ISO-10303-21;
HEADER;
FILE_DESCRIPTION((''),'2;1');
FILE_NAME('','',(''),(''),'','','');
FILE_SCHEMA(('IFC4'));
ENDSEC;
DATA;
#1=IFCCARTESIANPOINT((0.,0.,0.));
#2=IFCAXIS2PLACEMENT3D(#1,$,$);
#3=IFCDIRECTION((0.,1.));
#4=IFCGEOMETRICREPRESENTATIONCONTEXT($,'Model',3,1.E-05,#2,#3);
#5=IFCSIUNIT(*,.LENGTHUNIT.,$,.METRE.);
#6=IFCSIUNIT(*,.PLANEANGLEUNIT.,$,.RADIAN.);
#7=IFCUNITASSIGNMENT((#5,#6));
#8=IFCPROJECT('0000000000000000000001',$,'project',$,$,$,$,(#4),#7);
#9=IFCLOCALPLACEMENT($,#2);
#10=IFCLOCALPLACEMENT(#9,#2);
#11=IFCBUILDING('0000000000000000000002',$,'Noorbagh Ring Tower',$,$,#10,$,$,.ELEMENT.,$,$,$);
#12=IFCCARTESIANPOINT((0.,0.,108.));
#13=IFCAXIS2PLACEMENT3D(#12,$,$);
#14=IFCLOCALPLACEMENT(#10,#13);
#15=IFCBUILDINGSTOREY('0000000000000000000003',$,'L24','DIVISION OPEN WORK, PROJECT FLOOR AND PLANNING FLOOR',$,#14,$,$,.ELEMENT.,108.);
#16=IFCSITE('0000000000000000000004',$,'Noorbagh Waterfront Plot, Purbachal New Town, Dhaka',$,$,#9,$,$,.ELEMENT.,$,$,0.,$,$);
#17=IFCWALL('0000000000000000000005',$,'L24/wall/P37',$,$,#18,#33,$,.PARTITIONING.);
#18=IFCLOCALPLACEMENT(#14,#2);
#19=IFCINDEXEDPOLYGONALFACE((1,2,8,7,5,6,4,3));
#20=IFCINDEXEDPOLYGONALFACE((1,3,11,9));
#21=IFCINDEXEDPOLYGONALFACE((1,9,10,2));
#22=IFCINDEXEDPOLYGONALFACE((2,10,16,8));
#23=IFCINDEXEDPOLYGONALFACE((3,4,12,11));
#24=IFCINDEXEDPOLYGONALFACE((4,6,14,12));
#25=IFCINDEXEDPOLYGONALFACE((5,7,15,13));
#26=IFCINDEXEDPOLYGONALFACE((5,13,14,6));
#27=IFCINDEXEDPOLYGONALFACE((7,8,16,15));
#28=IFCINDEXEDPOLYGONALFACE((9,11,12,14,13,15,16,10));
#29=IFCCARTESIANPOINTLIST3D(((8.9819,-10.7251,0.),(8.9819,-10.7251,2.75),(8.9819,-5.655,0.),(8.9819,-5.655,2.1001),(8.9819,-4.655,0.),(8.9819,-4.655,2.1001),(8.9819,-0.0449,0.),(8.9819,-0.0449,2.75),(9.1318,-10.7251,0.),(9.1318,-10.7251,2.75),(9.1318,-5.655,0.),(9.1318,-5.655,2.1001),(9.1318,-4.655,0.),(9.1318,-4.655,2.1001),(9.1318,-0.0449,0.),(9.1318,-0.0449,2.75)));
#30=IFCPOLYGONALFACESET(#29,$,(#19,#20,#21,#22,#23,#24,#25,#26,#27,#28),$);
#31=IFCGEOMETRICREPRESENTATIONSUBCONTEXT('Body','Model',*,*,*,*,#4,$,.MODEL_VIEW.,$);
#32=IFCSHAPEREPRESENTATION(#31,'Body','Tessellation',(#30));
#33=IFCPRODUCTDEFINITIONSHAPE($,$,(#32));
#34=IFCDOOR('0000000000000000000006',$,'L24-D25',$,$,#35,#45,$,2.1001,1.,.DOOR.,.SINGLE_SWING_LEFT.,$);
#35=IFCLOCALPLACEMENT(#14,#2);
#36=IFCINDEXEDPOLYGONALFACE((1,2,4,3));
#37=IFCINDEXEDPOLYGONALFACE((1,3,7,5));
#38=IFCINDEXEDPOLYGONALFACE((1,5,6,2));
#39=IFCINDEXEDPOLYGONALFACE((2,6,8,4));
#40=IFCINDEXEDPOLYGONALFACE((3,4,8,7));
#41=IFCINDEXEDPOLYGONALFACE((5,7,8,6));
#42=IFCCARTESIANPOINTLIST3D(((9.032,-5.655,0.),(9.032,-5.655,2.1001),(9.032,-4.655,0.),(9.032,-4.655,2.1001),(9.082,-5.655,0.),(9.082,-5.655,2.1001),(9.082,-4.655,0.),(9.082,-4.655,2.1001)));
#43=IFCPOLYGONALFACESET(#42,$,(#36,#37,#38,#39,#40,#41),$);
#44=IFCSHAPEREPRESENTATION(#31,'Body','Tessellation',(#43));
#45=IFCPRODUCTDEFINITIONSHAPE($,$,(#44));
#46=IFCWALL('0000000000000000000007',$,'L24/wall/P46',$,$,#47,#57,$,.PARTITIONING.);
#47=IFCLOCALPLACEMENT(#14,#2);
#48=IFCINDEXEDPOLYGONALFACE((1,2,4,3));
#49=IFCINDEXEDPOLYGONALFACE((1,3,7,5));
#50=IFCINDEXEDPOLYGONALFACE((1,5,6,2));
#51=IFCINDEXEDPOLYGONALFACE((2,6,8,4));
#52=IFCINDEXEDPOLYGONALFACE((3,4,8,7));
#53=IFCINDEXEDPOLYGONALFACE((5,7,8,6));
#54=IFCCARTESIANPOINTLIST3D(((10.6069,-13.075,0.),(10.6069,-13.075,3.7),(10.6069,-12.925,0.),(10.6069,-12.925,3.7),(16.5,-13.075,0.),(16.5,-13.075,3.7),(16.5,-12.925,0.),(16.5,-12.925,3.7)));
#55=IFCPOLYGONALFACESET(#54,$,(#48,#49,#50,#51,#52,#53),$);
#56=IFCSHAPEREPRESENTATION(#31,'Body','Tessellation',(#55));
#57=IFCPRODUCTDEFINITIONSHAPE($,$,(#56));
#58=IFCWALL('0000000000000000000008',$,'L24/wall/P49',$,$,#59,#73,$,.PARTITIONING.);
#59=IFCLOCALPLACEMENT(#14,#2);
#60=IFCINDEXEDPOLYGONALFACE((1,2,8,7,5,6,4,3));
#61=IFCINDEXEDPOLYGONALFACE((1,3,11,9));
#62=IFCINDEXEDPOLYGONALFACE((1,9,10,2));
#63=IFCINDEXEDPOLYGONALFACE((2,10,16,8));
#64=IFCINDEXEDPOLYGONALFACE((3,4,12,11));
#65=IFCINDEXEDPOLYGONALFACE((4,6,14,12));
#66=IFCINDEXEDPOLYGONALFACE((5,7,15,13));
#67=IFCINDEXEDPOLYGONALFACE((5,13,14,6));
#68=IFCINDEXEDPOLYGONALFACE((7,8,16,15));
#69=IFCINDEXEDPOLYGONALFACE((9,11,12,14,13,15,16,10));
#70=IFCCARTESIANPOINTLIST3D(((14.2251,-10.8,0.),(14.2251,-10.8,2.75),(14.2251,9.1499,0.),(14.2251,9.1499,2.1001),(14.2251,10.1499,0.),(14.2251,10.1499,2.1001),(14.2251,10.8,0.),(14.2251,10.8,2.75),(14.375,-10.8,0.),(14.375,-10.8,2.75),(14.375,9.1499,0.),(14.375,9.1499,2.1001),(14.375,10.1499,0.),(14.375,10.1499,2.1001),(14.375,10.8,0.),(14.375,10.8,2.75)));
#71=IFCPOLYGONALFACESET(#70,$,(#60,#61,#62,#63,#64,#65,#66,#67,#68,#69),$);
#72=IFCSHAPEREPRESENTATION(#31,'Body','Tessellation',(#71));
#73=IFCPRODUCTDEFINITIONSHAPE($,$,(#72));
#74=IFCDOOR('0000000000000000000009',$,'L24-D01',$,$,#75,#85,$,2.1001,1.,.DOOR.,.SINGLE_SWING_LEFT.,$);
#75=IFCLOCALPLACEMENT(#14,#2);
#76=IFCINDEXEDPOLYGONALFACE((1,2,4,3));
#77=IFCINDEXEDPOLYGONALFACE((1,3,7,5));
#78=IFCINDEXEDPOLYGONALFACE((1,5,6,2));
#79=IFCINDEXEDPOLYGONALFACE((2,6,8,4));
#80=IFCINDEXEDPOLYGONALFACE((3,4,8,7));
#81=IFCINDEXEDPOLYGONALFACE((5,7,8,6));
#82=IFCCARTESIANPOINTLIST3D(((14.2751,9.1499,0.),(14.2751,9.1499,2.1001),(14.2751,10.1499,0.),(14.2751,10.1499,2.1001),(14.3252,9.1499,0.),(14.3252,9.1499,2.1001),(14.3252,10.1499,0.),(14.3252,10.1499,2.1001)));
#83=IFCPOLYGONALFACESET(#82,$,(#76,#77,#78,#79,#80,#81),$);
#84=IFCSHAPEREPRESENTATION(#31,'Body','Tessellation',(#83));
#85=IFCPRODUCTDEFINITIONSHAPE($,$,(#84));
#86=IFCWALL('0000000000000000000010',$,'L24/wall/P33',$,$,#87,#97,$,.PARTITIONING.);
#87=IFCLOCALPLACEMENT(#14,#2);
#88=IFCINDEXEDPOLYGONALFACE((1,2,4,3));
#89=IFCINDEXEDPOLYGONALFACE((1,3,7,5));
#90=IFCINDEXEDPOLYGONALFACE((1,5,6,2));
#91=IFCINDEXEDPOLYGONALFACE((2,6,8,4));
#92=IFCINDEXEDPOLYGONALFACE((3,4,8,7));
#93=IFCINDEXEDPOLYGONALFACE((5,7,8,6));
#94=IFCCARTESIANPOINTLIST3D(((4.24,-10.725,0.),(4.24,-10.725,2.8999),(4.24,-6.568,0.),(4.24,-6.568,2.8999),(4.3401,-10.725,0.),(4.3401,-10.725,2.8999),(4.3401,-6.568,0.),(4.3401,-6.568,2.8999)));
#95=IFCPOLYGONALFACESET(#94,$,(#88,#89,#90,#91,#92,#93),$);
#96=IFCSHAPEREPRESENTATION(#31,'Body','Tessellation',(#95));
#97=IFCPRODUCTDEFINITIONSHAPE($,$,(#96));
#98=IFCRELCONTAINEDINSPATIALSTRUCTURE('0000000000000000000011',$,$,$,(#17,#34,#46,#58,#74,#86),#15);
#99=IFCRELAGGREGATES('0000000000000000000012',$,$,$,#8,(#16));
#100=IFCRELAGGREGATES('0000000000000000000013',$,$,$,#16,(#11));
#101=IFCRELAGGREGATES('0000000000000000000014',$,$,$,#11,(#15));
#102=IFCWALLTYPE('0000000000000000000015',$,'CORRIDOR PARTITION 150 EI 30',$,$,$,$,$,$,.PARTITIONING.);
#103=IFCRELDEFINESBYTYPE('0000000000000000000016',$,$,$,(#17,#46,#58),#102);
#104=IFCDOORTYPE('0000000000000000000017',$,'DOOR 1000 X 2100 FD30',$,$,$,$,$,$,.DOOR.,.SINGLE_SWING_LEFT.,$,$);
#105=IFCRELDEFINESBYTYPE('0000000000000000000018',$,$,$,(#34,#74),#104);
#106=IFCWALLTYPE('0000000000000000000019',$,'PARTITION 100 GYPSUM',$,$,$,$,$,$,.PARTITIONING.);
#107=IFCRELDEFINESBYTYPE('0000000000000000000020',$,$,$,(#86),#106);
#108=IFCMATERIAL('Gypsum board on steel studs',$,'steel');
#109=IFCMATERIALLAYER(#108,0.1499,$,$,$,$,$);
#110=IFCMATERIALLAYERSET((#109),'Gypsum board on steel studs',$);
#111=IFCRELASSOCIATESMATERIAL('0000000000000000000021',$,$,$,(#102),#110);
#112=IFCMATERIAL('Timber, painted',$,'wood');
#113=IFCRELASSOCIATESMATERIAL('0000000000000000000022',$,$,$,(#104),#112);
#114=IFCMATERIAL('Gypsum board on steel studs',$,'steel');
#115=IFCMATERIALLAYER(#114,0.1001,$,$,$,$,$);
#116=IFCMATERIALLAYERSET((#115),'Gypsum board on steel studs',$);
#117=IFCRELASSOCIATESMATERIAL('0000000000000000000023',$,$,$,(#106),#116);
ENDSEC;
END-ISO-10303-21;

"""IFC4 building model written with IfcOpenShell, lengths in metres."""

from ifc_helpers import new_model, si_unit, direction, frame, frame_2d, origin, place, context, subcontext, project, spatial, rectangle, extrude, material, layer, layer_set, type_object, element, fill, save


model = new_model("IFC4")

# Units and contexts
model_context = context("Model", 3, precision=1e-05, world=origin(), true_north=direction((0.0, 1.0)))
body_context = subcontext(model_context, "Body", "Model", "MODEL_VIEW")
ifc_project = project(units=[si_unit("LENGTHUNIT", "METRE"), si_unit("PLANEANGLEUNIT", "RADIAN")], contexts=[model_context])

# Site, building, storey
site_placement = place(None, origin())
site = spatial("IfcSite", under=ifc_project, at=site_placement, Name="Noorbagh Waterfront Plot, Purbachal New Town, Dhaka", CompositionType="ELEMENT", RefElevation=0.0)
building_placement = place(site_placement, origin())
building = spatial("IfcBuilding", under=site, at=building_placement, Name="Noorbagh Ring Tower", CompositionType="ELEMENT")
storey_placement = place(building_placement, frame((0.0, 0.0, 108.0)))
storey = spatial("IfcBuildingStorey", under=building, at=storey_placement, Name="L24", Description="DIVISION OPEN WORK, PROJECT FLOOR AND PLANNING FLOOR", CompositionType="ELEMENT", Elevation=108.0)

# Wall, opening, door
ifc_material_1 = material(Name="Gypsum board on steel studs", Category="steel")
ifc_layer_1 = layer(ifc_material_1, 0.1499)
ifc_layer_set_1 = layer_set([ifc_layer_1], Name="Gypsum board on steel studs")
wall_type_1 = type_object("IfcWallType", Name="CORRIDOR PARTITION 150 EI 30", PredefinedType="PARTITIONING", material=ifc_layer_set_1)
wall_1_placement = place(storey_placement, frame((9.0569, -10.7251, 0.0), z_axis=(0.0, 0.0, 1.0), x_axis=(0.0, 1.0, 0.0)))
wall_1 = element("IfcWall", 1, at=wall_1_placement, inside=storey, type_object=wall_type_1, Name="L24/wall/P37", PredefinedType="PARTITIONING", context=body_context, shape_type="SweptSolid", body=[
    extrude(rectangle(XDim=10.6802, YDim=0.1499, at=frame_2d((5.3401, 0.0))), origin(), (0.0, 0.0, 1.0), 2.75),
])
opening_1_placement = place(wall_1_placement, frame((5.0701, 0.0, 0.0)))
opening_1 = element("IfcOpeningElement", 2, at=opening_1_placement, cuts=wall_1, PredefinedType="OPENING", context=body_context, shape_type="SweptSolid", body=[
    extrude(rectangle(XDim=1.0, YDim=2.1001, at=frame_2d((0.5, 1.05))), frame((0.0, 0.085, 0.0), z_axis=(0.0, -1.0, 0.0), x_axis=(1.0, 0.0, 0.0)), (0.0, 0.0, 1.0), 0.1699),
])
ifc_material_2 = material(Name="Timber, painted", Category="wood")
door_type = type_object("IfcDoorType", Name="DOOR 1000 X 2100 FD30", OperationType="SINGLE_SWING_LEFT", PredefinedType="DOOR", material=ifc_material_2)
door_1_placement = place(opening_1_placement, origin())
door_1 = element("IfcDoor", 3, at=door_1_placement, inside=storey, type_object=door_type, Name="L24-D25", OperationType="SINGLE_SWING_LEFT", OverallHeight=2.1001, OverallWidth=1.0, PredefinedType="DOOR", context=body_context, shape_type="SweptSolid", body=[
    extrude(rectangle(XDim=1.0, YDim=2.1001, at=frame_2d((0.5, 1.05))), frame((0.0, 0.0249, 0.0), z_axis=(0.0, -1.0, 0.0), x_axis=(1.0, 0.0, 0.0)), (0.0, 0.0, 1.0), 0.05),
])
fill(opening_1, door_1)

# Wall
wall_2_placement = place(storey_placement, frame((10.6069, -13.0, 0.0), z_axis=(0.0, 0.0, 1.0), x_axis=(1.0, 0.0, 0.0)))
element("IfcWall", 4, at=wall_2_placement, inside=storey, type_object=wall_type_1, Name="L24/wall/P46", PredefinedType="PARTITIONING", context=body_context, shape_type="SweptSolid", body=[
    extrude(rectangle(XDim=5.8931, YDim=0.1499, at=frame_2d((2.9465, 0.0))), origin(), (0.0, 0.0, 1.0), 3.7),
])

# Wall, opening, door
wall_3_placement = place(storey_placement, frame((14.3, -10.8, 0.0), z_axis=(0.0, 0.0, 1.0), x_axis=(0.0, 1.0, 0.0)))
wall_3 = element("IfcWall", 5, at=wall_3_placement, inside=storey, type_object=wall_type_1, Name="L24/wall/P49", PredefinedType="PARTITIONING", context=body_context, shape_type="SweptSolid", body=[
    extrude(rectangle(XDim=21.6001, YDim=0.1499, at=frame_2d((10.8, 0.0))), origin(), (0.0, 0.0, 1.0), 2.75),
])
opening_2_placement = place(wall_3_placement, frame((19.95, 0.0, 0.0)))
opening_2 = element("IfcOpeningElement", 6, at=opening_2_placement, cuts=wall_3, PredefinedType="OPENING", context=body_context, shape_type="SweptSolid", body=[
    extrude(rectangle(XDim=1.0, YDim=2.1001, at=frame_2d((0.5, 1.05))), frame((0.0, 0.085, 0.0), z_axis=(0.0, -1.0, 0.0), x_axis=(1.0, 0.0, 0.0)), (0.0, 0.0, 1.0), 0.1699),
])
door_2_placement = place(opening_2_placement, origin())
door_2 = element("IfcDoor", 7, at=door_2_placement, inside=storey, type_object=door_type, Name="L24-D01", OperationType="SINGLE_SWING_LEFT", OverallHeight=2.1001, OverallWidth=1.0, PredefinedType="DOOR", context=body_context, shape_type="SweptSolid", body=[
    extrude(rectangle(XDim=1.0, YDim=2.1001, at=frame_2d((0.5, 1.05))), frame((0.0, 0.0249, 0.0), z_axis=(0.0, -1.0, 0.0), x_axis=(1.0, 0.0, 0.0)), (0.0, 0.0, 1.0), 0.05),
])
fill(opening_2, door_2)

# Wall
ifc_material_3 = material(Name="Gypsum board on steel studs", Category="steel")
ifc_layer_2 = layer(ifc_material_3, 0.1001)
ifc_layer_set_2 = layer_set([ifc_layer_2], Name="Gypsum board on steel studs")
wall_type_2 = type_object("IfcWallType", Name="PARTITION 100 GYPSUM", PredefinedType="PARTITIONING", material=ifc_layer_set_2)
wall_4_placement = place(storey_placement, frame((4.29, -10.7251, 0.0), z_axis=(0.0, 0.0, 1.0), x_axis=(0.0, 1.0, 0.0)))
element("IfcWall", 8, at=wall_4_placement, inside=storey, type_object=wall_type_2, Name="L24/wall/P33", PredefinedType="PARTITIONING", context=body_context, shape_type="SweptSolid", body=[
    extrude(rectangle(XDim=4.157, YDim=0.1001, at=frame_2d((2.0786, 0.0))), origin(), (0.0, 0.0, 1.0), 2.8999),
])

save(model, "model.ifc")
